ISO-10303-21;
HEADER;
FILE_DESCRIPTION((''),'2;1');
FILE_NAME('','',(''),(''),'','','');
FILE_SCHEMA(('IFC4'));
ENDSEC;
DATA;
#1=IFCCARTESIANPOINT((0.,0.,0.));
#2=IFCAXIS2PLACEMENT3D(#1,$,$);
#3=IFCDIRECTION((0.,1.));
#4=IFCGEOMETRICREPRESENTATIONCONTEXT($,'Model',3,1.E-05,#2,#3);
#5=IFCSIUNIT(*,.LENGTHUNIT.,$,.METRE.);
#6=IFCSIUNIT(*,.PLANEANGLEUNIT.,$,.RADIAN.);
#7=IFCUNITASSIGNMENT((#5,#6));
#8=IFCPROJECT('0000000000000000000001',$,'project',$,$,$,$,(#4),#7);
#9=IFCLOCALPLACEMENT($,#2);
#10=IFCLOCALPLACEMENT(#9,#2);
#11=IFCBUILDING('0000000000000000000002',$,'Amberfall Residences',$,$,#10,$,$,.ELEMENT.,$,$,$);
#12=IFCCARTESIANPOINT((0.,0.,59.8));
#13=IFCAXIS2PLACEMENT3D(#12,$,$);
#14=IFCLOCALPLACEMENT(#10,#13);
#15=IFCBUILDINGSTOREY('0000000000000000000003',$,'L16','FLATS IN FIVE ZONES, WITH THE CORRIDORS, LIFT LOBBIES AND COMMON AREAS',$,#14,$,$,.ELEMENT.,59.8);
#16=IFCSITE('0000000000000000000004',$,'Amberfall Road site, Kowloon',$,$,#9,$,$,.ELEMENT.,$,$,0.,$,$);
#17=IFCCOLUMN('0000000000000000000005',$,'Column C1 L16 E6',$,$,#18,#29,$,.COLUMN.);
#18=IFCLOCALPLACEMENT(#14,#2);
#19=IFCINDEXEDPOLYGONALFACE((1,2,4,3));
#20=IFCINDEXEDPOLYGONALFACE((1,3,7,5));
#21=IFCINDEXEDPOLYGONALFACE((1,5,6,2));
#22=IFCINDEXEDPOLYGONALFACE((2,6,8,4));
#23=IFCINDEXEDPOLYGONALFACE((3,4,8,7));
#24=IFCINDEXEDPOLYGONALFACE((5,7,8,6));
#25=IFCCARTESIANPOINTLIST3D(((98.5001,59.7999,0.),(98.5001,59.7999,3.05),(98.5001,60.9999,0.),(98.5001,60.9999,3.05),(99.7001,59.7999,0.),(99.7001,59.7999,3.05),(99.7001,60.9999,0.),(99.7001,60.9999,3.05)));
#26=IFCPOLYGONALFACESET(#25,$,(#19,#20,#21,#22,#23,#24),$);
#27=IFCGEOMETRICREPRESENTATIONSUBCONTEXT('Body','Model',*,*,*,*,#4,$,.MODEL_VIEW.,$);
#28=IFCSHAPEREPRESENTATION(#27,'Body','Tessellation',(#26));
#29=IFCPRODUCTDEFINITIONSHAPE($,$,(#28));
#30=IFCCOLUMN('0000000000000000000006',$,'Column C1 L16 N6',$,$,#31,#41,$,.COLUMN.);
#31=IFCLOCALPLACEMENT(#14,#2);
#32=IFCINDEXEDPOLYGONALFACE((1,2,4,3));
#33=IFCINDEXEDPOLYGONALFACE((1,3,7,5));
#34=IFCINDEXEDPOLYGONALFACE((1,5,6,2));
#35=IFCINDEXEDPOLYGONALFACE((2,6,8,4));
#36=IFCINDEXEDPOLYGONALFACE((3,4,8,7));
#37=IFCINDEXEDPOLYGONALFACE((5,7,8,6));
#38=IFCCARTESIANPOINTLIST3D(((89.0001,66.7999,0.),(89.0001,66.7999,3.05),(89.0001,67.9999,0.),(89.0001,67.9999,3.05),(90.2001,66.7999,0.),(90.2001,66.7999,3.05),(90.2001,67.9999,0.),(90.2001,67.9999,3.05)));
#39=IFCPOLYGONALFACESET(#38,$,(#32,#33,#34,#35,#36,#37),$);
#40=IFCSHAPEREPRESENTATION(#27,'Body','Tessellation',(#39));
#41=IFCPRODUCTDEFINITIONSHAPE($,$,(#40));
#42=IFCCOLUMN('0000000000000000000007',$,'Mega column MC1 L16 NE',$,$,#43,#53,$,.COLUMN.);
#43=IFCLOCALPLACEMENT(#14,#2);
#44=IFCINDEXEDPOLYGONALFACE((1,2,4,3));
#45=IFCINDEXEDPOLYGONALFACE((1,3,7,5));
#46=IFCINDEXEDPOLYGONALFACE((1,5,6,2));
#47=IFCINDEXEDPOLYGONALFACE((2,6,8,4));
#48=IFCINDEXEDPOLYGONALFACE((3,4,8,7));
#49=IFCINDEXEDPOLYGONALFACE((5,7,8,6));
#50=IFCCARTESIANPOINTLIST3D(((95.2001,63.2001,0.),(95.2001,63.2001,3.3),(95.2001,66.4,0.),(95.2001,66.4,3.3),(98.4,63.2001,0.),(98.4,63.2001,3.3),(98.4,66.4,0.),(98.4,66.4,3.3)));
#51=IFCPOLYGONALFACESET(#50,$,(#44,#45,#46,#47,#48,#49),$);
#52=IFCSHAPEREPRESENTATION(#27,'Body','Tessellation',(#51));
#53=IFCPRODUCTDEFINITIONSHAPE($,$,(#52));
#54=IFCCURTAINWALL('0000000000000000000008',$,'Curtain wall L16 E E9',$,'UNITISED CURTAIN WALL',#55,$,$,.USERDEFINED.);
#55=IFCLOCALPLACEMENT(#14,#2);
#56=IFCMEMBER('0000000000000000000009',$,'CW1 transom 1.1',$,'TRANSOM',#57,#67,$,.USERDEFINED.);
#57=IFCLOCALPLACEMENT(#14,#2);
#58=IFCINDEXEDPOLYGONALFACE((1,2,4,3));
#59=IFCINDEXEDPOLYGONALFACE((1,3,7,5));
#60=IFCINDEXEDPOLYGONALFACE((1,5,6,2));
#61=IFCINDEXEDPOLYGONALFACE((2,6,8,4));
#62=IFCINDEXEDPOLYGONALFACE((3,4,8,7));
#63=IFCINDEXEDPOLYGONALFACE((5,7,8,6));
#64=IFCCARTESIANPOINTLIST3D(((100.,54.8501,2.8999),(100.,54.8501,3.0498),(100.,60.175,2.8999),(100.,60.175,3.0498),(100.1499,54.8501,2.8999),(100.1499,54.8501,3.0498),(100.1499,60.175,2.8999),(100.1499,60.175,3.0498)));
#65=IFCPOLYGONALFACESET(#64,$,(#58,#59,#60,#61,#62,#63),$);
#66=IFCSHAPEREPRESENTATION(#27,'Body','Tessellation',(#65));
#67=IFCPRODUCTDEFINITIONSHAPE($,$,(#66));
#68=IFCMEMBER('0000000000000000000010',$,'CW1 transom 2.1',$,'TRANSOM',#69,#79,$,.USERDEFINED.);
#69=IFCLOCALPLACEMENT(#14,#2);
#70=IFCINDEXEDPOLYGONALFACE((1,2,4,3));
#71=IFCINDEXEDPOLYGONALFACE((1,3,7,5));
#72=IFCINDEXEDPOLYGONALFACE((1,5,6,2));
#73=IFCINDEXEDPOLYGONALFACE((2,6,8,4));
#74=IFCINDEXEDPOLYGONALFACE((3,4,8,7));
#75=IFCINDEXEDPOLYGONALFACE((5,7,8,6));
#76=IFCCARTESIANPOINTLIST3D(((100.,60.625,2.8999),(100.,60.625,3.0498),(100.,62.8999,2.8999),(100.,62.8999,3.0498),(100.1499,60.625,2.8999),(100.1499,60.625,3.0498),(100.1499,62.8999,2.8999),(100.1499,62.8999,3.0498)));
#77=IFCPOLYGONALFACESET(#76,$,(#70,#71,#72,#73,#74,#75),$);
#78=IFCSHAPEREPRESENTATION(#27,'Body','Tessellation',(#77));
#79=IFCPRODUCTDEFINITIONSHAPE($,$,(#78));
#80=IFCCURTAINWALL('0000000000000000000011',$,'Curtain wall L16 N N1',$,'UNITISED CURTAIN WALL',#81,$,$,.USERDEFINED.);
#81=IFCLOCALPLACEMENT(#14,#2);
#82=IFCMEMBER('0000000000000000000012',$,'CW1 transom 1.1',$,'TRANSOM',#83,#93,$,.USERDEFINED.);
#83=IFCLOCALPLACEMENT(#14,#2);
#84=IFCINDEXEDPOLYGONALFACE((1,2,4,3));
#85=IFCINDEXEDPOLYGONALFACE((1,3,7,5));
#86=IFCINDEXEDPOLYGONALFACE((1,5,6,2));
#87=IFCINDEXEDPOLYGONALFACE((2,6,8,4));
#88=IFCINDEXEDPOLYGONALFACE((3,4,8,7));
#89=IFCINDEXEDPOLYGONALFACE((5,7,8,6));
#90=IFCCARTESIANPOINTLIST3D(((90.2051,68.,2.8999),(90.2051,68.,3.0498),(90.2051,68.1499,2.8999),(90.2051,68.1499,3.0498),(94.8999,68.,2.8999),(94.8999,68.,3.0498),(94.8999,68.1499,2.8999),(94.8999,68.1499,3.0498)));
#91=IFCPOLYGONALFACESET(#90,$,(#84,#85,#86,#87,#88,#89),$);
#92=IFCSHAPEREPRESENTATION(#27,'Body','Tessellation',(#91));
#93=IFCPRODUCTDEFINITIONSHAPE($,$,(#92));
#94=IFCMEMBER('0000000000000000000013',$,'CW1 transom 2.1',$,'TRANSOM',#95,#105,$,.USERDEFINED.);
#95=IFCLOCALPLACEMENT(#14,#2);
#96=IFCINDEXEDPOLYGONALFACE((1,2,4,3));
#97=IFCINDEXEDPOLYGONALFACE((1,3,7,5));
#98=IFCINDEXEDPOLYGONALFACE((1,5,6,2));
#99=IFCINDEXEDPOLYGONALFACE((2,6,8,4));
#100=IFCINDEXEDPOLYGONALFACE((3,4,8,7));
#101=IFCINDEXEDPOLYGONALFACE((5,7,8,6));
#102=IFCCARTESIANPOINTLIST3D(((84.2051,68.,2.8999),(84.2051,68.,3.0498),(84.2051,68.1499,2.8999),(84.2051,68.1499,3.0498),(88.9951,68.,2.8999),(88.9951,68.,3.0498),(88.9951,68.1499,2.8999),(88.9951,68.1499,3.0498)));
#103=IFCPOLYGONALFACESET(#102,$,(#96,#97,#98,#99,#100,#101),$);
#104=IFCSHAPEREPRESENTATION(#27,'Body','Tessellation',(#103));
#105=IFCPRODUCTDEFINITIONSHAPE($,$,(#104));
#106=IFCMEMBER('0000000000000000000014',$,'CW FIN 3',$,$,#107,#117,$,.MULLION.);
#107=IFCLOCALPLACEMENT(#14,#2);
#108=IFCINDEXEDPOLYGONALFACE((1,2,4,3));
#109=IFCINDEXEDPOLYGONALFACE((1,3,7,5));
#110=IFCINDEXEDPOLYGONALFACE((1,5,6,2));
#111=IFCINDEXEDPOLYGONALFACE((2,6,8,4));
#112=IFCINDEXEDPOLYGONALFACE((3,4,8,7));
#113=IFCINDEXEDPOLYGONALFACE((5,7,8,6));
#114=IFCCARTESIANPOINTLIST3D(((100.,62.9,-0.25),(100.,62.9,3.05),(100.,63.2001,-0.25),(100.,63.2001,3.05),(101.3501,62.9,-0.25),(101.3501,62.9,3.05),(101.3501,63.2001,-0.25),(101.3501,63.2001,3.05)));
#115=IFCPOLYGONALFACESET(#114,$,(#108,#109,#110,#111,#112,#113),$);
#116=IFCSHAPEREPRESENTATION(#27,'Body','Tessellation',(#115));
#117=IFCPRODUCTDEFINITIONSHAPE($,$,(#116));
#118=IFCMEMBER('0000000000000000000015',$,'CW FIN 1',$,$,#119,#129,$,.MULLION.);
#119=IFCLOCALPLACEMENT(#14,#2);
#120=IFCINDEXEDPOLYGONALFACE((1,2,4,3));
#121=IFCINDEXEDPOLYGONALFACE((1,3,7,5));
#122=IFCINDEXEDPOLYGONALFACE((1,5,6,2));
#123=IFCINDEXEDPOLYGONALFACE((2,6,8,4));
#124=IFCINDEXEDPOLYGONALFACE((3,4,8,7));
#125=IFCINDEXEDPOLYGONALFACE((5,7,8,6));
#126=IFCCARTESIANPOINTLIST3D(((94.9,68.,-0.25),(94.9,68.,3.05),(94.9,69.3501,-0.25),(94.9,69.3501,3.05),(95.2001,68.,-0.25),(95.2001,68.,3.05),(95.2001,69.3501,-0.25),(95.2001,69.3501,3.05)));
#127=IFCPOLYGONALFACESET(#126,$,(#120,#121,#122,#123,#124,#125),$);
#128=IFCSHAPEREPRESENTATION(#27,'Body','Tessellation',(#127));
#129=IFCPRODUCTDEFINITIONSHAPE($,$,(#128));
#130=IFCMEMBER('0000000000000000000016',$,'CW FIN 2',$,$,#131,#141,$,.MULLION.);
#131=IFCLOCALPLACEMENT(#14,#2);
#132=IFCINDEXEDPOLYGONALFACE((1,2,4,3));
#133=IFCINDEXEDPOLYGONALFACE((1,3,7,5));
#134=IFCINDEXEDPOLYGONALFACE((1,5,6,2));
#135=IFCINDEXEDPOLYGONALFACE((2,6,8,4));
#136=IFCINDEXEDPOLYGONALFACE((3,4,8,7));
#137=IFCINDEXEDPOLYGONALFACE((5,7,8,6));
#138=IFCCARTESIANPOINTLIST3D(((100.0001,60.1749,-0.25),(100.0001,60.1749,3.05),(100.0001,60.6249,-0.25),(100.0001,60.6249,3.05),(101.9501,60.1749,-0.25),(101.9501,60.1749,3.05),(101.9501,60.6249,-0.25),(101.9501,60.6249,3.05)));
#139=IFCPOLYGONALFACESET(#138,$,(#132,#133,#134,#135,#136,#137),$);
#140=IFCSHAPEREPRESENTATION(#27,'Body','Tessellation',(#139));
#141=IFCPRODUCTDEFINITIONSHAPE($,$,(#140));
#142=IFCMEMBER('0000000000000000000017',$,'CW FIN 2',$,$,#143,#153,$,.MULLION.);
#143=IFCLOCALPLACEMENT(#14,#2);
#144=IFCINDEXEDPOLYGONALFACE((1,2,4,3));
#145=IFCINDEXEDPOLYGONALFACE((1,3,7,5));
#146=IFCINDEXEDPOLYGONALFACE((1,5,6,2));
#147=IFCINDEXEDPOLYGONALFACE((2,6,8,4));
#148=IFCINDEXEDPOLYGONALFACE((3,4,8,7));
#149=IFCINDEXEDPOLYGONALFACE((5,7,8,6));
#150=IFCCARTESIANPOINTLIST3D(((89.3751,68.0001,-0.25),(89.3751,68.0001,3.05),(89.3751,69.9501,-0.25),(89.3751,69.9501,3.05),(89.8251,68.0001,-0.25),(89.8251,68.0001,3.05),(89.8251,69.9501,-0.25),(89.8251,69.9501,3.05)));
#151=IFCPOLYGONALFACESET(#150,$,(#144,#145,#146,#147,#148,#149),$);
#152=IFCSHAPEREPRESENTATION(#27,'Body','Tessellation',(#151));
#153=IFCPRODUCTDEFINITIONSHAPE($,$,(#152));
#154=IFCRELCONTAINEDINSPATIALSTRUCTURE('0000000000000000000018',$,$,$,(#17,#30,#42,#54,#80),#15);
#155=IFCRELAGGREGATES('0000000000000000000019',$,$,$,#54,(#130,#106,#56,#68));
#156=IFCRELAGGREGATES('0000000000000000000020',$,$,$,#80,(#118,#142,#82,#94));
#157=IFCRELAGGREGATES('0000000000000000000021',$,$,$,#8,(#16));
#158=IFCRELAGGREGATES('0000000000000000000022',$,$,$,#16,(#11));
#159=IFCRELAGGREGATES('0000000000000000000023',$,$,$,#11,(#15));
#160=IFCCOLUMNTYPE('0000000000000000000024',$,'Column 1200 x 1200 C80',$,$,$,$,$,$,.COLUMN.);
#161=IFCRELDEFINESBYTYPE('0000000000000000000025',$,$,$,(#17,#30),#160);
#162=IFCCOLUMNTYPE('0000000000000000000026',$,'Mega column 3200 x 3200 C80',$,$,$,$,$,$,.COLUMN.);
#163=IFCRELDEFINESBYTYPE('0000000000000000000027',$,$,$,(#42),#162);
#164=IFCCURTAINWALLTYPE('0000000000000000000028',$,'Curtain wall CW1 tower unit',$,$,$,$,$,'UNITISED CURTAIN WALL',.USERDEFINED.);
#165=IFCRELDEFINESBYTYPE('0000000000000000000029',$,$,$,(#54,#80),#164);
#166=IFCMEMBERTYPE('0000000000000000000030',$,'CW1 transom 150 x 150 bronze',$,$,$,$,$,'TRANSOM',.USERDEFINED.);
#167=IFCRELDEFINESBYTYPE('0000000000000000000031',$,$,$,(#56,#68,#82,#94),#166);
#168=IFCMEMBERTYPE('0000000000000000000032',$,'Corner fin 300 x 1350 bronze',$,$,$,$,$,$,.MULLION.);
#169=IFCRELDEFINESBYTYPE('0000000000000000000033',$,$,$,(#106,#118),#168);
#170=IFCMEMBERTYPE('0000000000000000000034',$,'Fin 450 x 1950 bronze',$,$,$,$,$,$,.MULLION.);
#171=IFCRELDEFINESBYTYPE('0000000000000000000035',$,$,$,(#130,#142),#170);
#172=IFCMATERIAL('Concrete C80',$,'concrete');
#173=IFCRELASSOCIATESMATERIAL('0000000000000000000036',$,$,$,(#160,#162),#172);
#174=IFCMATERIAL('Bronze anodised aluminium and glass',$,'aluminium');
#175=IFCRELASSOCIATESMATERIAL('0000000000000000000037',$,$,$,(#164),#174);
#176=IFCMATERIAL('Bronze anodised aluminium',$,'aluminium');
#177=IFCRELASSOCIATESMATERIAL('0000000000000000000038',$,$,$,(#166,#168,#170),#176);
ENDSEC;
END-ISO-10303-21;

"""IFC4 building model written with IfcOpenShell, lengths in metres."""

from ifc_helpers import new_model, si_unit, direction, frame, origin, origin_2d, place, context, subcontext, project, spatial, rectangle, extrude, material, material_profile, profile_set, type_object, element, aggregate, save


model = new_model("IFC4")

# Units and contexts
model_context = context("Model", 3, precision=1e-05, world=origin(), true_north=direction((0.0, 1.0)))
body_context = subcontext(model_context, "Body", "Model", "MODEL_VIEW")
ifc_project = project(units=[si_unit("LENGTHUNIT", "METRE"), si_unit("PLANEANGLEUNIT", "RADIAN")], contexts=[model_context])

# Site, building, storey
site_placement = place(None, origin())
site = spatial("IfcSite", under=ifc_project, at=site_placement, Name="Amberfall Road site, Kowloon", CompositionType="ELEMENT", RefElevation=0.0)
building_placement = place(site_placement, origin())
building = spatial("IfcBuilding", under=site, at=building_placement, Name="Amberfall Residences", CompositionType="ELEMENT")
storey_placement = place(building_placement, frame((0.0, 0.0, 59.8)))
storey = spatial("IfcBuildingStorey", under=building, at=storey_placement, Name="L16", Description="FLATS IN FIVE ZONES, WITH THE CORRIDORS, LIFT LOBBIES AND COMMON AREAS", CompositionType="ELEMENT", Elevation=59.8)

# Columns
ifc_material_1 = material(Name="Concrete C80", Category="concrete")
ifc_material_profile_1 = material_profile(ifc_material_1, rectangle(XDim=1.2, YDim=1.2, at=origin_2d()), Name="Column 1200 x 1200 C80")
ifc_profile_set_1 = profile_set([ifc_material_profile_1], Name="Concrete C80")
column_type_1 = type_object("IfcColumnType", Name="Column 1200 x 1200 C80", PredefinedType="COLUMN", material=ifc_profile_set_1)
for number, where, z_axis, x_axis, name in (
    (1, (99.1001, 60.3999, 0.0), (0.0, 0.0, 1.0), (1.0, 0.0, 0.0), "Column C1 L16 E6"),
    (2, (89.6001, 67.3999, 0.0), (0.0, 0.0, 1.0), (1.0, 0.0, 0.0), "Column C1 L16 N6"),
):
    element("IfcColumn", number, at=place(storey_placement, frame(where, z_axis=z_axis, x_axis=x_axis)), inside=storey, type_object=column_type_1, Name=name, PredefinedType="COLUMN", context=body_context, shape_type="SweptSolid", body=[
        extrude(rectangle(XDim=1.2, YDim=1.2, at=origin_2d()), origin(), (0.0, 0.0, 1.0), 3.05),
    ])
ifc_material_profile_2 = material_profile(ifc_material_1, rectangle(XDim=3.2, YDim=3.2, at=origin_2d()), Name="Mega column 3200 x 3200 C80")
ifc_profile_set_2 = profile_set([ifc_material_profile_2], Name="Concrete C80")
column_type_2 = type_object("IfcColumnType", Name="Mega column 3200 x 3200 C80", PredefinedType="COLUMN", material=ifc_profile_set_2)
column_placement = place(storey_placement, frame((96.8, 64.8, 0.0), z_axis=(0.0, 0.0, 1.0), x_axis=(1.0, 0.0, 0.0)))
element("IfcColumn", 3, at=column_placement, inside=storey, type_object=column_type_2, Name="Mega column MC1 L16 NE", PredefinedType="COLUMN", context=body_context, shape_type="SweptSolid", body=[
    extrude(rectangle(XDim=3.2, YDim=3.2, at=origin_2d()), origin(), (0.0, 0.0, 1.0), 3.3),
])

# Curtain walls, members
ifc_material_2 = material(Name="Bronze anodised aluminium and glass", Category="aluminium")
curtain_wall_type = type_object("IfcCurtainWallType", Name="Curtain wall CW1 tower unit", ElementType="UNITISED CURTAIN WALL", PredefinedType="USERDEFINED", material=ifc_material_2)
curtain_wall_1_placement = place(storey_placement, origin())
curtain_wall_1 = element("IfcCurtainWall", 4, at=curtain_wall_1_placement, inside=storey, type_object=curtain_wall_type, Name="Curtain wall L16 E E9", ObjectType="UNITISED CURTAIN WALL", PredefinedType="USERDEFINED")
ifc_material_3 = material(Name="Bronze anodised aluminium", Category="aluminium")
ifc_material_profile_3 = material_profile(ifc_material_3, rectangle(XDim=0.1499, YDim=0.1499, at=origin_2d()), Name="CW1 transom 150 x 150 bronze")
ifc_profile_set_3 = profile_set([ifc_material_profile_3], Name="Bronze anodised aluminium")
member_type_1 = type_object("IfcMemberType", Name="CW1 transom 150 x 150 bronze", ElementType="TRANSOM", PredefinedType="USERDEFINED", material=ifc_profile_set_3)
member_1_placement = place(storey_placement, frame((100.075, 54.8501, 2.9749), z_axis=(0.0, 1.0, 0.0), x_axis=(-1.0, 0.0, 0.0)))
member_1 = element("IfcMember", 5, at=member_1_placement, type_object=member_type_1, Name="CW1 transom 1.1", ObjectType="TRANSOM", PredefinedType="USERDEFINED", context=body_context, shape_type="SweptSolid", body=[
    extrude(rectangle(XDim=0.1499, YDim=0.1499, at=origin_2d()), origin(), (0.0, 0.0, 1.0), 5.325),
])
member_2_placement = place(storey_placement, frame((100.075, 60.625, 2.9749), z_axis=(0.0, 1.0, 0.0), x_axis=(-1.0, 0.0, 0.0)))
member_2 = element("IfcMember", 6, at=member_2_placement, type_object=member_type_1, Name="CW1 transom 2.1", ObjectType="TRANSOM", PredefinedType="USERDEFINED", context=body_context, shape_type="SweptSolid", body=[
    extrude(rectangle(XDim=0.1499, YDim=0.1499, at=origin_2d()), origin(), (0.0, 0.0, 1.0), 2.2749),
])
curtain_wall_2_placement = place(storey_placement, origin())
curtain_wall_2 = element("IfcCurtainWall", 7, at=curtain_wall_2_placement, inside=storey, type_object=curtain_wall_type, Name="Curtain wall L16 N N1", ObjectType="UNITISED CURTAIN WALL", PredefinedType="USERDEFINED")
member_3_placement = place(storey_placement, frame((94.8999, 68.075, 2.9749), z_axis=(-1.0, 0.0, 0.0), x_axis=(0.0, -1.0, 0.0)))
member_3 = element("IfcMember", 8, at=member_3_placement, type_object=member_type_1, Name="CW1 transom 1.1", ObjectType="TRANSOM", PredefinedType="USERDEFINED", context=body_context, shape_type="SweptSolid", body=[
    extrude(rectangle(XDim=0.1499, YDim=0.1499, at=origin_2d()), origin(), (0.0, 0.0, 1.0), 4.6948),
])
member_4_placement = place(storey_placement, frame((88.9951, 68.075, 2.9749), z_axis=(-1.0, 0.0, 0.0), x_axis=(0.0, -1.0, 0.0)))
member_4 = element("IfcMember", 9, at=member_4_placement, type_object=member_type_1, Name="CW1 transom 2.1", ObjectType="TRANSOM", PredefinedType="USERDEFINED", context=body_context, shape_type="SweptSolid", body=[
    extrude(rectangle(XDim=0.1499, YDim=0.1499, at=origin_2d()), origin(), (0.0, 0.0, 1.0), 4.79),
])

# Members
ifc_material_profile_4 = material_profile(ifc_material_3, rectangle(XDim=1.3501, YDim=0.3, at=origin_2d()), Name="Corner fin 300 x 1350 bronze")
ifc_profile_set_4 = profile_set([ifc_material_profile_4], Name="Bronze anodised aluminium")
member_type_2 = type_object("IfcMemberType", Name="Corner fin 300 x 1350 bronze", PredefinedType="MULLION", material=ifc_profile_set_4)
member_5_placement = place(storey_placement, frame((100.675, 63.05, -0.25), z_axis=(0.0, 0.0, 1.0), x_axis=(-1.0, 0.0, 0.0)))
member_5 = element("IfcMember", 10, at=member_5_placement, type_object=member_type_2, Name="CW FIN 3", PredefinedType="MULLION", context=body_context, shape_type="SweptSolid", body=[
    extrude(rectangle(XDim=1.3501, YDim=0.3, at=origin_2d()), origin(), (0.0, 0.0, 1.0), 3.3),
])
member_6_placement = place(storey_placement, frame((95.05, 68.675, -0.25), z_axis=(0.0, 0.0, 1.0), x_axis=(0.0, -1.0, 0.0)))
member_6 = element("IfcMember", 11, at=member_6_placement, type_object=member_type_2, Name="CW FIN 1", PredefinedType="MULLION", context=body_context, shape_type="SweptSolid", body=[
    extrude(rectangle(XDim=1.3501, YDim=0.3, at=origin_2d()), origin(), (0.0, 0.0, 1.0), 3.3),
])
ifc_material_profile_5 = material_profile(ifc_material_3, rectangle(XDim=1.95, YDim=0.45, at=origin_2d()), Name="Fin 450 x 1950 bronze")
ifc_profile_set_5 = profile_set([ifc_material_profile_5], Name="Bronze anodised aluminium")
member_type_3 = type_object("IfcMemberType", Name="Fin 450 x 1950 bronze", PredefinedType="MULLION", material=ifc_profile_set_5)
member_7_placement = place(storey_placement, frame((100.9751, 60.3999, -0.25), z_axis=(0.0, 0.0, 1.0), x_axis=(-1.0, 0.0, 0.0)))
member_7 = element("IfcMember", 12, at=member_7_placement, type_object=member_type_3, Name="CW FIN 2", PredefinedType="MULLION", context=body_context, shape_type="SweptSolid", body=[
    extrude(rectangle(XDim=1.95, YDim=0.45, at=origin_2d()), origin(), (0.0, 0.0, 1.0), 3.3),
])
member_8_placement = place(storey_placement, frame((89.6001, 68.9751, -0.25), z_axis=(0.0, 0.0, 1.0), x_axis=(0.0, -1.0, 0.0)))
member_8 = element("IfcMember", 13, at=member_8_placement, type_object=member_type_3, Name="CW FIN 2", PredefinedType="MULLION", context=body_context, shape_type="SweptSolid", body=[
    extrude(rectangle(XDim=1.95, YDim=0.45, at=origin_2d()), origin(), (0.0, 0.0, 1.0), 3.3),
])

aggregate(curtain_wall_1, [member_7, member_5, member_1, member_2])
aggregate(curtain_wall_2, [member_6, member_8, member_3, member_4])

save(model, "model.ifc")
